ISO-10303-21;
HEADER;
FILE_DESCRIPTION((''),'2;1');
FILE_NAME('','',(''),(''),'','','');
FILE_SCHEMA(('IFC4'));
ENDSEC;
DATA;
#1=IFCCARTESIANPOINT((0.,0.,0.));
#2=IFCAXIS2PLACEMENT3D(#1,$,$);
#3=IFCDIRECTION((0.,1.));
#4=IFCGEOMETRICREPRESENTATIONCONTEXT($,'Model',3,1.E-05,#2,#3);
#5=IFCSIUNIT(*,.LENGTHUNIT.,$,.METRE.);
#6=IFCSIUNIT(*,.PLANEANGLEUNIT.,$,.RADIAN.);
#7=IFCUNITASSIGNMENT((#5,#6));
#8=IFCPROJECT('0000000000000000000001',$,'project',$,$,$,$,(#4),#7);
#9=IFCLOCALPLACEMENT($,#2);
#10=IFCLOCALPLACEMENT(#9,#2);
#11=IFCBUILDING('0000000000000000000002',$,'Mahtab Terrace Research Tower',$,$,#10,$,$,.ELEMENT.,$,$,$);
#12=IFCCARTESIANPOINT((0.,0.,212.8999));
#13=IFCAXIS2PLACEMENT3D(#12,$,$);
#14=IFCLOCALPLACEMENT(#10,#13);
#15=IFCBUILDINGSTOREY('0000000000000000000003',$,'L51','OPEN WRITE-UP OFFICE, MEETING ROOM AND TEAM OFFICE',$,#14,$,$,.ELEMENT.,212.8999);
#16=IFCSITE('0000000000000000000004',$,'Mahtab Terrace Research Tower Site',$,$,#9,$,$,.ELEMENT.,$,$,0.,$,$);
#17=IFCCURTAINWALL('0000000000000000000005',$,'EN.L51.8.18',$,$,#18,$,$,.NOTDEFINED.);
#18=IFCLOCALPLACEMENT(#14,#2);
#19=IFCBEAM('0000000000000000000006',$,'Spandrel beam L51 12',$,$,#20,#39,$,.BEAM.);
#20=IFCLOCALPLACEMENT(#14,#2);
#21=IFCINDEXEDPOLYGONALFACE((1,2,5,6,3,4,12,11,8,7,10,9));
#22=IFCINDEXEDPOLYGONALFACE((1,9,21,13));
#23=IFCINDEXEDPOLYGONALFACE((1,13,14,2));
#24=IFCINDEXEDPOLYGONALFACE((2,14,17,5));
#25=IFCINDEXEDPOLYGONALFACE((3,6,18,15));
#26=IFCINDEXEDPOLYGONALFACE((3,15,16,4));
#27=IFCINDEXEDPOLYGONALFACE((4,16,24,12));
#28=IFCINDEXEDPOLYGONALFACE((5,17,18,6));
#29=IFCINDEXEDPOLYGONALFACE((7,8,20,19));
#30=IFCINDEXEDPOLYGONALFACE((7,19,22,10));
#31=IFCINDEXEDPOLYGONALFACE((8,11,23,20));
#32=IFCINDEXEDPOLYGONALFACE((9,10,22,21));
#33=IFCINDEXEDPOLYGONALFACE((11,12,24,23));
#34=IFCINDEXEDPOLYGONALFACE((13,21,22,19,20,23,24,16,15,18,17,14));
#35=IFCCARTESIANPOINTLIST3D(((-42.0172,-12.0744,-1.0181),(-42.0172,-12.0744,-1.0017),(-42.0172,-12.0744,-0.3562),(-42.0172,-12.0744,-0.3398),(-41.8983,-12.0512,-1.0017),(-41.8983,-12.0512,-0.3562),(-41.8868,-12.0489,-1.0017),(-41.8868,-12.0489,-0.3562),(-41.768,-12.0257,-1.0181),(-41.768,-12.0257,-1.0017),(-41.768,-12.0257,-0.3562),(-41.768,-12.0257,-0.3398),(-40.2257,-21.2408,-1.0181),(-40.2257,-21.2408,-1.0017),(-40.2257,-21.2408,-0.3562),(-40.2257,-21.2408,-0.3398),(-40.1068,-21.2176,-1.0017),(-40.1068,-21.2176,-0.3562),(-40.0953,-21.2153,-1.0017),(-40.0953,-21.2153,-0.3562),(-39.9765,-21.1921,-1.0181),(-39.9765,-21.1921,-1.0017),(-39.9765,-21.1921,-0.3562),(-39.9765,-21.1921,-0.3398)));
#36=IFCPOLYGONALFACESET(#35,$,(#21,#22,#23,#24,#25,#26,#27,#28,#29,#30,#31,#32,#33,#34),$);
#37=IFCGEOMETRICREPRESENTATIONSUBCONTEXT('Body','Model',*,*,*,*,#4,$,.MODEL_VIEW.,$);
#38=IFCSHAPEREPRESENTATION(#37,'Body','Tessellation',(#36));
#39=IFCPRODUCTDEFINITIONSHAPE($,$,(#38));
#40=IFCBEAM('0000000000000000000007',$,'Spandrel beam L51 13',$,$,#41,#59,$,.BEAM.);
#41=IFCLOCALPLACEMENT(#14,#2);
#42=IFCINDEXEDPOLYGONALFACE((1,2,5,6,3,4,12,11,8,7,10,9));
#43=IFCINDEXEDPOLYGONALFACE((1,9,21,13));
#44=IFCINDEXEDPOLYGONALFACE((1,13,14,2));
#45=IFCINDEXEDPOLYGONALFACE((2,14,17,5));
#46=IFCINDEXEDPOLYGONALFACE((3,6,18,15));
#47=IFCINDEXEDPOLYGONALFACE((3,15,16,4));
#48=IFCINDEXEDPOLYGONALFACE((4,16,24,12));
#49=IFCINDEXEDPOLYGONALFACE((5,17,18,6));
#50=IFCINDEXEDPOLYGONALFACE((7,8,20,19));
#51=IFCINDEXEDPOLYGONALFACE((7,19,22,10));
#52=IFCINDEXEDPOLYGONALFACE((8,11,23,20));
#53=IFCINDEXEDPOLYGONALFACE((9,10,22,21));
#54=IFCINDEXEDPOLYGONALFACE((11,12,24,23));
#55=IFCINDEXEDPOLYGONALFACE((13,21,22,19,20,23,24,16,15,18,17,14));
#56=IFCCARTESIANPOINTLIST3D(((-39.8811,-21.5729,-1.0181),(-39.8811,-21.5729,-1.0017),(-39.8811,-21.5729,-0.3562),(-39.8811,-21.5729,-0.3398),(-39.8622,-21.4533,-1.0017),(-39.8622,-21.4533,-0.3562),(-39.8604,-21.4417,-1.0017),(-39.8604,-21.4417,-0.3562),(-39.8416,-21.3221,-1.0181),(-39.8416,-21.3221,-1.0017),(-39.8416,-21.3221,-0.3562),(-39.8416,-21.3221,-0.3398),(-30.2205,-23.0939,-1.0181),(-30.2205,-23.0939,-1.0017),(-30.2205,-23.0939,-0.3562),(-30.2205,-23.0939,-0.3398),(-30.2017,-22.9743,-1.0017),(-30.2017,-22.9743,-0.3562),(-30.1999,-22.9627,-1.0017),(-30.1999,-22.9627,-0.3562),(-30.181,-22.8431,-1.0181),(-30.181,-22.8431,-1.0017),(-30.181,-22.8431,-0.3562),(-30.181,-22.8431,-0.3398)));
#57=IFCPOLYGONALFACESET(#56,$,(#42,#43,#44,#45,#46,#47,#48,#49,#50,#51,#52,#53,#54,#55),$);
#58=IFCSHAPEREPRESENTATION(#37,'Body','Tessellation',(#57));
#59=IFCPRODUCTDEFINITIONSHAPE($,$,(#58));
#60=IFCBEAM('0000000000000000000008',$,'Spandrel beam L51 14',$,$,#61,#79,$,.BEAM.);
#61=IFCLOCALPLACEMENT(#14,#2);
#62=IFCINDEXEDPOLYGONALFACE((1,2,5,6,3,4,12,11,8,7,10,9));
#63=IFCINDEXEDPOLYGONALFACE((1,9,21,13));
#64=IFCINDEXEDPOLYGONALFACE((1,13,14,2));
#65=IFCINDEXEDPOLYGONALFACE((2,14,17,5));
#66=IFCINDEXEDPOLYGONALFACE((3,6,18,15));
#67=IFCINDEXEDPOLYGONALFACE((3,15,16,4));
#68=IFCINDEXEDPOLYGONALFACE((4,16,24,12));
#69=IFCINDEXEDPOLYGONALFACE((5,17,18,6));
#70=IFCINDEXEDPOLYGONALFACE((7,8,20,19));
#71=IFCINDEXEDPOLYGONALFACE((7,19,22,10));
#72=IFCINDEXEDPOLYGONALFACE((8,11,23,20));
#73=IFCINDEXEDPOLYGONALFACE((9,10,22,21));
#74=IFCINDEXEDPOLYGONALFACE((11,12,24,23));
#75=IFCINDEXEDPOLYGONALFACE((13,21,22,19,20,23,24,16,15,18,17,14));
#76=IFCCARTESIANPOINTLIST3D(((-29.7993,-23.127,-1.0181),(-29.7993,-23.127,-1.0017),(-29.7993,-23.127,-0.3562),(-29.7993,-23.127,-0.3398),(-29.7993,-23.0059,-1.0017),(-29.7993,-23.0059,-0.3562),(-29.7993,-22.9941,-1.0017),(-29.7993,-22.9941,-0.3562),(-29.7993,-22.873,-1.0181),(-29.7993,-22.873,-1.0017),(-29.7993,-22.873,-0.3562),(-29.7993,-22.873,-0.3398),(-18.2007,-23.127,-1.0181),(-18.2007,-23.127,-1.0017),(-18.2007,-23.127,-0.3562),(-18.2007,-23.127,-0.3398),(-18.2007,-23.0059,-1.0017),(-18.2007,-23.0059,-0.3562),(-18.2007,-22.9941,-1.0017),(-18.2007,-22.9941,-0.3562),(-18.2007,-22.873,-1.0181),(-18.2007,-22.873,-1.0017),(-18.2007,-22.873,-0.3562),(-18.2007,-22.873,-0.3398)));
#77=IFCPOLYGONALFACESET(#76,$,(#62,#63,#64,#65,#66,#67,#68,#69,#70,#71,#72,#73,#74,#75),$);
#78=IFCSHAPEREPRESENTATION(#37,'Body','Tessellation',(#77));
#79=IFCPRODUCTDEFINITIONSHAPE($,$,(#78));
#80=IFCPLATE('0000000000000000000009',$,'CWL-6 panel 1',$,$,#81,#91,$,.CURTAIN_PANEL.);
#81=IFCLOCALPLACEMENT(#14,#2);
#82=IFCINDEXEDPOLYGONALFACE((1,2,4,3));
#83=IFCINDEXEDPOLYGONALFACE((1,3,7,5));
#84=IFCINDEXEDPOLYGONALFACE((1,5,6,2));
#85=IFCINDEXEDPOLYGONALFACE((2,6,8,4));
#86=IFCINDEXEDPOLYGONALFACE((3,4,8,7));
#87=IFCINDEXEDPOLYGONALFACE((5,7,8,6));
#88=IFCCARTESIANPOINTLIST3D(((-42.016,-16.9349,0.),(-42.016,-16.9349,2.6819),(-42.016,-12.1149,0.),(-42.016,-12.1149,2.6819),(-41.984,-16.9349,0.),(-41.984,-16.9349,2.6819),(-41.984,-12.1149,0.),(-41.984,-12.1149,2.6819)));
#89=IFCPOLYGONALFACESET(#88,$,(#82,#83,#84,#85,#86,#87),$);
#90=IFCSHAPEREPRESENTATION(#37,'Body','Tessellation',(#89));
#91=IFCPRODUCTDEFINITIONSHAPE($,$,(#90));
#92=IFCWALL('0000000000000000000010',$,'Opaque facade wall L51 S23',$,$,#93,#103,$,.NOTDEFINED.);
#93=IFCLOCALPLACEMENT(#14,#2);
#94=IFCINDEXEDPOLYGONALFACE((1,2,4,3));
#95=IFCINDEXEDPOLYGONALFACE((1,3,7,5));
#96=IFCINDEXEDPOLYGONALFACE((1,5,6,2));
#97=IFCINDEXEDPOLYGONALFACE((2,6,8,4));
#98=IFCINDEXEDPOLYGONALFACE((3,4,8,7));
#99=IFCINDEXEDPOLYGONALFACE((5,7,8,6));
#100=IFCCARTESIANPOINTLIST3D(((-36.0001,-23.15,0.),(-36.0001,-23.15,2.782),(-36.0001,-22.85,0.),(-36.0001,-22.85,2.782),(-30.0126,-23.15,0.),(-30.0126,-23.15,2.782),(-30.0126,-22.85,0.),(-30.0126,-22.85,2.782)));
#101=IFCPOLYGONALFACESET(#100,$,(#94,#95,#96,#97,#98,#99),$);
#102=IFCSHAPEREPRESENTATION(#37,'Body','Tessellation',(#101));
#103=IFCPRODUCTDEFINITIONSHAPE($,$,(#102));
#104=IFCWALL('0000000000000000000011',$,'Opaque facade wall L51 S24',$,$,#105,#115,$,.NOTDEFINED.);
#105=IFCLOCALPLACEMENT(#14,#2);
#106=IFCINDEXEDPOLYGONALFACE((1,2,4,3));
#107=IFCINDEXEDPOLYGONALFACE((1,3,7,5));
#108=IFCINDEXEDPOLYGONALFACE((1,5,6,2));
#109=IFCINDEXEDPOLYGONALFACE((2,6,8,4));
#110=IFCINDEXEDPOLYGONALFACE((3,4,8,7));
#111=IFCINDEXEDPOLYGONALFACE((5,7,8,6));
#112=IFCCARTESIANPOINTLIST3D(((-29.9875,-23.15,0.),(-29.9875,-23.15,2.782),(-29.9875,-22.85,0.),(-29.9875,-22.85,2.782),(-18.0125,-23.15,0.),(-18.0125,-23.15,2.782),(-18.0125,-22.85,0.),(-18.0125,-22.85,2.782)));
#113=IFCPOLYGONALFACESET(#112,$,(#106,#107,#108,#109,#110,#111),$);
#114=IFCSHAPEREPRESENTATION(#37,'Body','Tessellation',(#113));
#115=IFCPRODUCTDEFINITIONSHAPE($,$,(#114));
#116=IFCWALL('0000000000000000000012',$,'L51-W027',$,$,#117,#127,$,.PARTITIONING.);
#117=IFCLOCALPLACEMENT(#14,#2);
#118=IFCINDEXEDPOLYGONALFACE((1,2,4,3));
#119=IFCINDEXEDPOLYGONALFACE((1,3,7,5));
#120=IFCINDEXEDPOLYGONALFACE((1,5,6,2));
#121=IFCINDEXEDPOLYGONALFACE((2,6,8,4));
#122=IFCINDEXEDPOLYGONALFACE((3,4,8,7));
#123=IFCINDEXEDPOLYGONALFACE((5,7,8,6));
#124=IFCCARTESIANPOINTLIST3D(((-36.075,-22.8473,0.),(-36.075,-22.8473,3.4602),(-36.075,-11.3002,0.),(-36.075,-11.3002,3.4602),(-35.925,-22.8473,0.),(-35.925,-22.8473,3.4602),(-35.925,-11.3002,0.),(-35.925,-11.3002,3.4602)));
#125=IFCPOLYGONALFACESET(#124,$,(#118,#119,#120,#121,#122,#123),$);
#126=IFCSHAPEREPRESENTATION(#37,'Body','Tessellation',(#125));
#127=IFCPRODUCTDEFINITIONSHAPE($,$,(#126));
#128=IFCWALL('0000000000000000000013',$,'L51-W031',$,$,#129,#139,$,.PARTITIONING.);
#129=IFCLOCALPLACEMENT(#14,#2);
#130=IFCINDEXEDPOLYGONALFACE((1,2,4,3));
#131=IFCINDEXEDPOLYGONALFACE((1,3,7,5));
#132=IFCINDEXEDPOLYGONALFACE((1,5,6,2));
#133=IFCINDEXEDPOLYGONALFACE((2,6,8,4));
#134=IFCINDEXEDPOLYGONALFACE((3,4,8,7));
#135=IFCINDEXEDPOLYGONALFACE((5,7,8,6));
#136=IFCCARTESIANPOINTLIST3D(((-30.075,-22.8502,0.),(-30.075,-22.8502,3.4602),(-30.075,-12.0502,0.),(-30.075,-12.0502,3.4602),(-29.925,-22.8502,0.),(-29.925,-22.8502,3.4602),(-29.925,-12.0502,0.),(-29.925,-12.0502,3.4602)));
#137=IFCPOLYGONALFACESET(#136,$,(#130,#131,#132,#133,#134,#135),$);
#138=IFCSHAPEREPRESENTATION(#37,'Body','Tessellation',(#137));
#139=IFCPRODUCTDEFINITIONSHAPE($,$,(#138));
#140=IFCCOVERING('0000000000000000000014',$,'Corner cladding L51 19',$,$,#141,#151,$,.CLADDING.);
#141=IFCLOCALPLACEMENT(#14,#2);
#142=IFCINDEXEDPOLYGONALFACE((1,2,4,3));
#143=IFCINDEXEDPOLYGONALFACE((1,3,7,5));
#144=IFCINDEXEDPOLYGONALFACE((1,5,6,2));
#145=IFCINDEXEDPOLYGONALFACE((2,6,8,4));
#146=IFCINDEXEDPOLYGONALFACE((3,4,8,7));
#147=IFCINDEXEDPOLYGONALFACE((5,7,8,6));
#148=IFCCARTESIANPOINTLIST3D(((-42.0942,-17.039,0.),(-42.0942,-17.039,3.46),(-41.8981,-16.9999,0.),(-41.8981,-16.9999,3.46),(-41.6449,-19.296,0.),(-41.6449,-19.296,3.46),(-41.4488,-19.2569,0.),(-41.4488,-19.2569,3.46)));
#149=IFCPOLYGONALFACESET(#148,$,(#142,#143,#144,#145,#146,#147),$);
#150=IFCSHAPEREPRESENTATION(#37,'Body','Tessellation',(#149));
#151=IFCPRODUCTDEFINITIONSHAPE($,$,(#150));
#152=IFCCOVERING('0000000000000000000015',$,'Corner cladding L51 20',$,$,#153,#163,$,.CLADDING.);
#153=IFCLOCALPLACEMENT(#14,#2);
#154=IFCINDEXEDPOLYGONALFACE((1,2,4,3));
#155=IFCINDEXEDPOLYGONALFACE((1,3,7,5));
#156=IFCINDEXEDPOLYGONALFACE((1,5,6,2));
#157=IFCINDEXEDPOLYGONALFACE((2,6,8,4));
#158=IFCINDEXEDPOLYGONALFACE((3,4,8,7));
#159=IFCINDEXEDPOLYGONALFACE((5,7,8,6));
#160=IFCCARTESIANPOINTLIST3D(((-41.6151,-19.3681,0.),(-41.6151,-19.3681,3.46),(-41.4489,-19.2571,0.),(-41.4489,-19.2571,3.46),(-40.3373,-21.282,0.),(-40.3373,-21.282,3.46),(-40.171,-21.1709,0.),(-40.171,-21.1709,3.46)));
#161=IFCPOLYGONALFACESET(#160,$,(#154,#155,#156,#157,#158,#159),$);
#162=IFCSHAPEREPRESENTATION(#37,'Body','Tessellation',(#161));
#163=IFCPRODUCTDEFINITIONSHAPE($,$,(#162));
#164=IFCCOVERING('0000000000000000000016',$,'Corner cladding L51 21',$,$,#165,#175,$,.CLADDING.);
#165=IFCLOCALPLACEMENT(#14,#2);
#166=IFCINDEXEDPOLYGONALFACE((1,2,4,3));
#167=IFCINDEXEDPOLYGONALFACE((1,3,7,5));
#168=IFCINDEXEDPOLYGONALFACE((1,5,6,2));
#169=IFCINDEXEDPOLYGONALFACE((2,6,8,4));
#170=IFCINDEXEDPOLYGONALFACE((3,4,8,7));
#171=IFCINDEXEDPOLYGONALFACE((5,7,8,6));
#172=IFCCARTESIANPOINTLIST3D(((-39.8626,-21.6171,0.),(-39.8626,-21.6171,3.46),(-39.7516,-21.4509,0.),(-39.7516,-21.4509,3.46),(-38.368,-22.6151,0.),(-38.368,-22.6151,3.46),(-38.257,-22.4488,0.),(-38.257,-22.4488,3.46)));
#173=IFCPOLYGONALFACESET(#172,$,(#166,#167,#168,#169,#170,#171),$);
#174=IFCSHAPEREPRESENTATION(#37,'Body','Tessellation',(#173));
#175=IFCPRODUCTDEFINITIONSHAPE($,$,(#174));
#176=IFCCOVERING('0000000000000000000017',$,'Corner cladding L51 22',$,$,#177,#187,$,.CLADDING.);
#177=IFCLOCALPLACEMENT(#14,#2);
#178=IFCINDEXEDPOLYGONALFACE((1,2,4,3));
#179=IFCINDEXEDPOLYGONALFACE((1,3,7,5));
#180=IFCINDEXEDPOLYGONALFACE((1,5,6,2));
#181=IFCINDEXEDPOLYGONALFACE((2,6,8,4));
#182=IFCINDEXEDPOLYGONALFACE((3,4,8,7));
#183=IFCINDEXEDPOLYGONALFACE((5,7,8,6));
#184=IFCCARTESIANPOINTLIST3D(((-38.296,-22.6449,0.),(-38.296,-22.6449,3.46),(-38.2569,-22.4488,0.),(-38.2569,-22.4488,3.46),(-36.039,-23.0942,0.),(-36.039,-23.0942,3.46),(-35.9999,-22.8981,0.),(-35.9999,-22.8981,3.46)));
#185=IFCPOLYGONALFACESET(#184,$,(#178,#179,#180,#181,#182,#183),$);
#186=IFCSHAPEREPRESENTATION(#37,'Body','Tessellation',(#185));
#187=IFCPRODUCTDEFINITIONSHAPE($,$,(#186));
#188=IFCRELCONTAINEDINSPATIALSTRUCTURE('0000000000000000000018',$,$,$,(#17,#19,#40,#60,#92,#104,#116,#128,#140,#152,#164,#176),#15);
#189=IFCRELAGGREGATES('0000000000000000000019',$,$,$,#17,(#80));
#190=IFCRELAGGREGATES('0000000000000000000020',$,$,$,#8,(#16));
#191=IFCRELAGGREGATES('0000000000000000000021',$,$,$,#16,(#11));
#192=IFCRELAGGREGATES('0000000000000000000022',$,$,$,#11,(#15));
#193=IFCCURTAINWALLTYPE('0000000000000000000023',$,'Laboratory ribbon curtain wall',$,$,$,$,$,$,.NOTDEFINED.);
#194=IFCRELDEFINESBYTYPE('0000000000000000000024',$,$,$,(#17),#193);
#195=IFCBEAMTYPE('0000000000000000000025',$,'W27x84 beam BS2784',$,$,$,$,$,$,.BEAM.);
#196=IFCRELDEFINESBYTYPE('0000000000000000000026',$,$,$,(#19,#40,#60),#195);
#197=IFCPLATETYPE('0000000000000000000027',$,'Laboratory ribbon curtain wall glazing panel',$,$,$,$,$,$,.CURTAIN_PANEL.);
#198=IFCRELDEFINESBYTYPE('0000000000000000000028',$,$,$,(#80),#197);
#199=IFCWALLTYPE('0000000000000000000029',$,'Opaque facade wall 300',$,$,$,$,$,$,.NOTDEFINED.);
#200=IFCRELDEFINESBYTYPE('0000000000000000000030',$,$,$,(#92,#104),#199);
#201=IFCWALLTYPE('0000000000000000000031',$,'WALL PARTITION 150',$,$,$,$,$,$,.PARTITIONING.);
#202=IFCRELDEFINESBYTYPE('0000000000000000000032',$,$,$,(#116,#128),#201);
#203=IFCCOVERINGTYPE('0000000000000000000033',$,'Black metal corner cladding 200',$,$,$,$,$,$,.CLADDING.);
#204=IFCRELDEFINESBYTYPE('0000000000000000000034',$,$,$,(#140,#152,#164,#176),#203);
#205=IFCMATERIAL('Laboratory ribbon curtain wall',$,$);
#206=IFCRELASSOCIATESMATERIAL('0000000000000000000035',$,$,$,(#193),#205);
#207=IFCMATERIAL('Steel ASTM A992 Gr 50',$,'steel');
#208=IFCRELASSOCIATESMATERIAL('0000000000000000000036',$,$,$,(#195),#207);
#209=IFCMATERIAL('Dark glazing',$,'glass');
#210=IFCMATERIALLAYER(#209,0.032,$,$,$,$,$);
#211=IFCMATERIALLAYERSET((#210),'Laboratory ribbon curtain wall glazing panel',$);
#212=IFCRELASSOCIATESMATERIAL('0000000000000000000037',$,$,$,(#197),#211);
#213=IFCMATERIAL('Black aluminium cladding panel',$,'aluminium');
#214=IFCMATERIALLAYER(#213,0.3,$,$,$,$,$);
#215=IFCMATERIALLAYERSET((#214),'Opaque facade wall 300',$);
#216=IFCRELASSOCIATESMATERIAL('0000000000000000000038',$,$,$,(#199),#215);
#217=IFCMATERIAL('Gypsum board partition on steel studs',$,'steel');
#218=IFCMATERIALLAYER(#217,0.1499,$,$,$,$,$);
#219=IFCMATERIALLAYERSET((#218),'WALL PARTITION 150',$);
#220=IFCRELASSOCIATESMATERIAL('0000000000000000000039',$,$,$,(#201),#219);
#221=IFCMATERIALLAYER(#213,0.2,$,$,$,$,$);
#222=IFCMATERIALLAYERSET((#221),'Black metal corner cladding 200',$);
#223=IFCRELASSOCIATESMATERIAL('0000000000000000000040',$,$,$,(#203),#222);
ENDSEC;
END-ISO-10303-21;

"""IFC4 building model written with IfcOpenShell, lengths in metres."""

from ifc_helpers import new_model, si_unit, direction, frame, frame_2d, origin, origin_2d, place, context, subcontext, project, spatial, rectangle, i_section, extrude, material, layer, layer_set, material_profile, profile_set, type_object, element, aggregate, save


model = new_model("IFC4")

# Units and contexts
model_context = context("Model", 3, precision=1e-05, world=origin(), true_north=direction((0.0, 1.0)))
body_context = subcontext(model_context, "Body", "Model", "MODEL_VIEW")
ifc_project = project(units=[si_unit("LENGTHUNIT", "METRE"), si_unit("PLANEANGLEUNIT", "RADIAN")], contexts=[model_context])

# Site, building, storey
site_placement = place(None, origin())
site = spatial("IfcSite", under=ifc_project, at=site_placement, Name="Mahtab Terrace Research Tower Site", CompositionType="ELEMENT", RefElevation=0.0)
building_placement = place(site_placement, origin())
building = spatial("IfcBuilding", under=site, at=building_placement, Name="Mahtab Terrace Research Tower", CompositionType="ELEMENT")
storey_placement = place(building_placement, frame((0.0, 0.0, 212.8999)))
storey = spatial("IfcBuildingStorey", under=building, at=storey_placement, Name="L51", Description="OPEN WRITE-UP OFFICE, MEETING ROOM AND TEAM OFFICE", CompositionType="ELEMENT", Elevation=212.8999)

# Shared definitions
ifc_material_1 = material(Name="Steel ASTM A992 Gr 50", Category="steel")

# Curtain wall
ifc_material_2 = material(Name="Laboratory ribbon curtain wall")
curtain_wall_type = type_object("IfcCurtainWallType", Name="Laboratory ribbon curtain wall", PredefinedType="NOTDEFINED", material=ifc_material_2)
curtain_wall_placement = place(storey_placement, origin())
curtain_wall = element("IfcCurtainWall", 1, at=curtain_wall_placement, inside=storey, type_object=curtain_wall_type, Name="EN.L51.8.18", PredefinedType="NOTDEFINED")

# Beams
ifc_material_profile_1 = material_profile(ifc_material_1, i_section(OverallWidth=0.2539, OverallDepth=0.6782, WebThickness=0.0117, FlangeThickness=0.0164, at=origin_2d()), Name="W27X84")
ifc_profile_set_1 = profile_set([ifc_material_profile_1], Name="Steel ASTM A992 Gr 50")
beam_type = type_object("IfcBeamType", Name="W27x84 beam BS2784", PredefinedType="BEAM", material=ifc_profile_set_1)
beam_1_placement = place(storey_placement, frame((-41.8926, -12.05, -0.679), z_axis=(0.191811, -0.981432, 0.0), x_axis=(0.981432, 0.191811, 0.0)))
element("IfcBeam", 2, at=beam_1_placement, inside=storey, type_object=beam_type, Name="Spandrel beam L51 12", PredefinedType="BEAM", context=body_context, shape_type="SweptSolid", body=[
    extrude(i_section(OverallWidth=0.2539, OverallDepth=0.6782, WebThickness=0.0117, FlangeThickness=0.0164, at=origin_2d()), origin(), (0.0, 0.0, 1.0), 9.3398),
])
beam_2_placement = place(storey_placement, frame((-39.8613, -21.4475, -0.679), z_axis=(0.987832, -0.155527, 0.0), x_axis=(0.155527, 0.987832, 0.0)))
element("IfcBeam", 3, at=beam_2_placement, inside=storey, type_object=beam_type, Name="Spandrel beam L51 13", PredefinedType="BEAM", context=body_context, shape_type="SweptSolid", body=[
    extrude(i_section(OverallWidth=0.2539, OverallDepth=0.6782, WebThickness=0.0117, FlangeThickness=0.0164, at=origin_2d()), origin(), (0.0, 0.0, 1.0), 9.7795),
])
beam_3_placement = place(storey_placement, frame((-29.7993, -23.0, -0.679), z_axis=(1.0, 0.0, 0.0), x_axis=(0.0, 1.0, 0.0)))
element("IfcBeam", 4, at=beam_3_placement, inside=storey, type_object=beam_type, Name="Spandrel beam L51 14", PredefinedType="BEAM", context=body_context, shape_type="SweptSolid", body=[
    extrude(i_section(OverallWidth=0.2539, OverallDepth=0.6782, WebThickness=0.0117, FlangeThickness=0.0164, at=origin_2d()), origin(), (0.0, 0.0, 1.0), 11.5986),
])

# Plate
ifc_material_3 = material(Name="Dark glazing", Category="glass")
ifc_layer_1 = layer(ifc_material_3, 0.032)
ifc_layer_set_1 = layer_set([ifc_layer_1], Name="Laboratory ribbon curtain wall glazing panel")
plate_type = type_object("IfcPlateType", Name="Laboratory ribbon curtain wall glazing panel", PredefinedType="CURTAIN_PANEL", material=ifc_layer_set_1)
plate_placement = place(storey_placement, frame((-42.0, -14.5249, 0.0), z_axis=(0.0, 0.0, 1.0), x_axis=(0.0, -1.0, 0.0)))
plate = element("IfcPlate", 5, at=plate_placement, type_object=plate_type, Name="CWL-6 panel 1", PredefinedType="CURTAIN_PANEL", context=body_context, shape_type="SweptSolid", body=[
    extrude(rectangle(XDim=4.8201, YDim=0.032, at=origin_2d()), origin(), (0.0, 0.0, 1.0), 2.6819),
])
aggregate(curtain_wall, [plate])

# Walls
ifc_material_4 = material(Name="Black aluminium cladding panel", Category="aluminium")
ifc_layer_2 = layer(ifc_material_4, 0.3)
ifc_layer_set_2 = layer_set([ifc_layer_2], Name="Opaque facade wall 300")
wall_type_1 = type_object("IfcWallType", Name="Opaque facade wall 300", PredefinedType="NOTDEFINED", material=ifc_layer_set_2)
wall_1_placement = place(storey_placement, frame((-36.0, -23.0, 0.0), z_axis=(0.0, 0.0, 1.0), x_axis=(1.0, 0.0, 0.0)))
element("IfcWall", 6, at=wall_1_placement, inside=storey, type_object=wall_type_1, Name="Opaque facade wall L51 S23", PredefinedType="NOTDEFINED", context=body_context, shape_type="SweptSolid", body=[
    extrude(rectangle(XDim=5.9875, YDim=0.3, at=frame_2d((2.9937, 0.0))), origin(), (0.0, 0.0, 1.0), 2.782),
])
wall_2_placement = place(storey_placement, frame((-29.9875, -23.0, 0.0), z_axis=(0.0, 0.0, 1.0), x_axis=(1.0, 0.0, 0.0)))
element("IfcWall", 7, at=wall_2_placement, inside=storey, type_object=wall_type_1, Name="Opaque facade wall L51 S24", PredefinedType="NOTDEFINED", context=body_context, shape_type="SweptSolid", body=[
    extrude(rectangle(XDim=11.9751, YDim=0.3, at=frame_2d((5.9875, 0.0))), origin(), (0.0, 0.0, 1.0), 2.782),
])
ifc_material_5 = material(Name="Gypsum board partition on steel studs", Category="steel")
ifc_layer_3 = layer(ifc_material_5, 0.1499)
ifc_layer_set_3 = layer_set([ifc_layer_3], Name="WALL PARTITION 150")
wall_type_2 = type_object("IfcWallType", Name="WALL PARTITION 150", PredefinedType="PARTITIONING", material=ifc_layer_set_3)
wall_3_placement = place(storey_placement, frame((-36.0, -22.8472, 0.0), z_axis=(0.0, 0.0, 1.0), x_axis=(0.0, 1.0, 0.0)))
element("IfcWall", 8, at=wall_3_placement, inside=storey, type_object=wall_type_2, Name="L51-W027", PredefinedType="PARTITIONING", context=body_context, shape_type="SweptSolid", body=[
    extrude(rectangle(XDim=11.5471, YDim=0.1499, at=frame_2d((5.7734, 0.0))), origin(), (0.0, 0.0, 1.0), 3.4602),
])
wall_4_placement = place(storey_placement, frame((-30.0, -22.8501, 0.0), z_axis=(0.0, 0.0, 1.0), x_axis=(0.0, 1.0, 0.0)))
element("IfcWall", 9, at=wall_4_placement, inside=storey, type_object=wall_type_2, Name="L51-W031", PredefinedType="PARTITIONING", context=body_context, shape_type="SweptSolid", body=[
    extrude(rectangle(XDim=10.8, YDim=0.1499, at=frame_2d((5.3999, 0.0))), origin(), (0.0, 0.0, 1.0), 3.4602),
])

# Coverings
ifc_layer_4 = layer(ifc_material_4, 0.2)
ifc_layer_set_4 = layer_set([ifc_layer_4], Name="Black metal corner cladding 200")
covering_type = type_object("IfcCoveringType", Name="Black metal corner cladding 200", PredefinedType="CLADDING", material=ifc_layer_set_4)
for number, where, z_axis, x_axis, name in (
    (10, (-41.7715, -18.1479, 0.0), (0.0, 0.0, 1.0), (0.195212, -0.980761, 0.0), "Corner cladding L51 19"),
    (11, (-40.8931, -20.2695, 0.0), (0.0, 0.0, 1.0), (0.555291, -0.831656, 0.0), "Corner cladding L51 20"),
):
    element("IfcCovering", number, at=place(storey_placement, frame(where, z_axis=z_axis, x_axis=x_axis)), inside=storey, type_object=covering_type, Name=name, PredefinedType="CLADDING", context=body_context, shape_type="SweptSolid", body=[
        extrude(rectangle(XDim=2.3013, YDim=0.2, at=origin_2d()), origin(), (0.0, 0.0, 1.0), 3.46),
    ])
covering_1_placement = place(storey_placement, frame((-39.0598, -22.033, 0.0), z_axis=(0.0, 0.0, 1.0), x_axis=(0.831656, -0.555291, 0.0)))
element("IfcCovering", 12, at=covering_1_placement, inside=storey, type_object=covering_type, Name="Corner cladding L51 21", PredefinedType="CLADDING", context=body_context, shape_type="SweptSolid", body=[
    extrude(rectangle(XDim=1.7971, YDim=0.2, at=origin_2d()), origin(), (0.0, 0.0, 1.0), 3.46),
])
covering_2_placement = place(storey_placement, frame((-37.1479, -22.7715, 0.0), z_axis=(0.0, 0.0, 1.0), x_axis=(0.980761, -0.195212, 0.0)))
element("IfcCovering", 13, at=covering_2_placement, inside=storey, type_object=covering_type, Name="Corner cladding L51 22", PredefinedType="CLADDING", context=body_context, shape_type="SweptSolid", body=[
    extrude(rectangle(XDim=2.3013, YDim=0.2, at=origin_2d()), origin(), (0.0, 0.0, 1.0), 3.46),
])

save(model, "model.ifc")
